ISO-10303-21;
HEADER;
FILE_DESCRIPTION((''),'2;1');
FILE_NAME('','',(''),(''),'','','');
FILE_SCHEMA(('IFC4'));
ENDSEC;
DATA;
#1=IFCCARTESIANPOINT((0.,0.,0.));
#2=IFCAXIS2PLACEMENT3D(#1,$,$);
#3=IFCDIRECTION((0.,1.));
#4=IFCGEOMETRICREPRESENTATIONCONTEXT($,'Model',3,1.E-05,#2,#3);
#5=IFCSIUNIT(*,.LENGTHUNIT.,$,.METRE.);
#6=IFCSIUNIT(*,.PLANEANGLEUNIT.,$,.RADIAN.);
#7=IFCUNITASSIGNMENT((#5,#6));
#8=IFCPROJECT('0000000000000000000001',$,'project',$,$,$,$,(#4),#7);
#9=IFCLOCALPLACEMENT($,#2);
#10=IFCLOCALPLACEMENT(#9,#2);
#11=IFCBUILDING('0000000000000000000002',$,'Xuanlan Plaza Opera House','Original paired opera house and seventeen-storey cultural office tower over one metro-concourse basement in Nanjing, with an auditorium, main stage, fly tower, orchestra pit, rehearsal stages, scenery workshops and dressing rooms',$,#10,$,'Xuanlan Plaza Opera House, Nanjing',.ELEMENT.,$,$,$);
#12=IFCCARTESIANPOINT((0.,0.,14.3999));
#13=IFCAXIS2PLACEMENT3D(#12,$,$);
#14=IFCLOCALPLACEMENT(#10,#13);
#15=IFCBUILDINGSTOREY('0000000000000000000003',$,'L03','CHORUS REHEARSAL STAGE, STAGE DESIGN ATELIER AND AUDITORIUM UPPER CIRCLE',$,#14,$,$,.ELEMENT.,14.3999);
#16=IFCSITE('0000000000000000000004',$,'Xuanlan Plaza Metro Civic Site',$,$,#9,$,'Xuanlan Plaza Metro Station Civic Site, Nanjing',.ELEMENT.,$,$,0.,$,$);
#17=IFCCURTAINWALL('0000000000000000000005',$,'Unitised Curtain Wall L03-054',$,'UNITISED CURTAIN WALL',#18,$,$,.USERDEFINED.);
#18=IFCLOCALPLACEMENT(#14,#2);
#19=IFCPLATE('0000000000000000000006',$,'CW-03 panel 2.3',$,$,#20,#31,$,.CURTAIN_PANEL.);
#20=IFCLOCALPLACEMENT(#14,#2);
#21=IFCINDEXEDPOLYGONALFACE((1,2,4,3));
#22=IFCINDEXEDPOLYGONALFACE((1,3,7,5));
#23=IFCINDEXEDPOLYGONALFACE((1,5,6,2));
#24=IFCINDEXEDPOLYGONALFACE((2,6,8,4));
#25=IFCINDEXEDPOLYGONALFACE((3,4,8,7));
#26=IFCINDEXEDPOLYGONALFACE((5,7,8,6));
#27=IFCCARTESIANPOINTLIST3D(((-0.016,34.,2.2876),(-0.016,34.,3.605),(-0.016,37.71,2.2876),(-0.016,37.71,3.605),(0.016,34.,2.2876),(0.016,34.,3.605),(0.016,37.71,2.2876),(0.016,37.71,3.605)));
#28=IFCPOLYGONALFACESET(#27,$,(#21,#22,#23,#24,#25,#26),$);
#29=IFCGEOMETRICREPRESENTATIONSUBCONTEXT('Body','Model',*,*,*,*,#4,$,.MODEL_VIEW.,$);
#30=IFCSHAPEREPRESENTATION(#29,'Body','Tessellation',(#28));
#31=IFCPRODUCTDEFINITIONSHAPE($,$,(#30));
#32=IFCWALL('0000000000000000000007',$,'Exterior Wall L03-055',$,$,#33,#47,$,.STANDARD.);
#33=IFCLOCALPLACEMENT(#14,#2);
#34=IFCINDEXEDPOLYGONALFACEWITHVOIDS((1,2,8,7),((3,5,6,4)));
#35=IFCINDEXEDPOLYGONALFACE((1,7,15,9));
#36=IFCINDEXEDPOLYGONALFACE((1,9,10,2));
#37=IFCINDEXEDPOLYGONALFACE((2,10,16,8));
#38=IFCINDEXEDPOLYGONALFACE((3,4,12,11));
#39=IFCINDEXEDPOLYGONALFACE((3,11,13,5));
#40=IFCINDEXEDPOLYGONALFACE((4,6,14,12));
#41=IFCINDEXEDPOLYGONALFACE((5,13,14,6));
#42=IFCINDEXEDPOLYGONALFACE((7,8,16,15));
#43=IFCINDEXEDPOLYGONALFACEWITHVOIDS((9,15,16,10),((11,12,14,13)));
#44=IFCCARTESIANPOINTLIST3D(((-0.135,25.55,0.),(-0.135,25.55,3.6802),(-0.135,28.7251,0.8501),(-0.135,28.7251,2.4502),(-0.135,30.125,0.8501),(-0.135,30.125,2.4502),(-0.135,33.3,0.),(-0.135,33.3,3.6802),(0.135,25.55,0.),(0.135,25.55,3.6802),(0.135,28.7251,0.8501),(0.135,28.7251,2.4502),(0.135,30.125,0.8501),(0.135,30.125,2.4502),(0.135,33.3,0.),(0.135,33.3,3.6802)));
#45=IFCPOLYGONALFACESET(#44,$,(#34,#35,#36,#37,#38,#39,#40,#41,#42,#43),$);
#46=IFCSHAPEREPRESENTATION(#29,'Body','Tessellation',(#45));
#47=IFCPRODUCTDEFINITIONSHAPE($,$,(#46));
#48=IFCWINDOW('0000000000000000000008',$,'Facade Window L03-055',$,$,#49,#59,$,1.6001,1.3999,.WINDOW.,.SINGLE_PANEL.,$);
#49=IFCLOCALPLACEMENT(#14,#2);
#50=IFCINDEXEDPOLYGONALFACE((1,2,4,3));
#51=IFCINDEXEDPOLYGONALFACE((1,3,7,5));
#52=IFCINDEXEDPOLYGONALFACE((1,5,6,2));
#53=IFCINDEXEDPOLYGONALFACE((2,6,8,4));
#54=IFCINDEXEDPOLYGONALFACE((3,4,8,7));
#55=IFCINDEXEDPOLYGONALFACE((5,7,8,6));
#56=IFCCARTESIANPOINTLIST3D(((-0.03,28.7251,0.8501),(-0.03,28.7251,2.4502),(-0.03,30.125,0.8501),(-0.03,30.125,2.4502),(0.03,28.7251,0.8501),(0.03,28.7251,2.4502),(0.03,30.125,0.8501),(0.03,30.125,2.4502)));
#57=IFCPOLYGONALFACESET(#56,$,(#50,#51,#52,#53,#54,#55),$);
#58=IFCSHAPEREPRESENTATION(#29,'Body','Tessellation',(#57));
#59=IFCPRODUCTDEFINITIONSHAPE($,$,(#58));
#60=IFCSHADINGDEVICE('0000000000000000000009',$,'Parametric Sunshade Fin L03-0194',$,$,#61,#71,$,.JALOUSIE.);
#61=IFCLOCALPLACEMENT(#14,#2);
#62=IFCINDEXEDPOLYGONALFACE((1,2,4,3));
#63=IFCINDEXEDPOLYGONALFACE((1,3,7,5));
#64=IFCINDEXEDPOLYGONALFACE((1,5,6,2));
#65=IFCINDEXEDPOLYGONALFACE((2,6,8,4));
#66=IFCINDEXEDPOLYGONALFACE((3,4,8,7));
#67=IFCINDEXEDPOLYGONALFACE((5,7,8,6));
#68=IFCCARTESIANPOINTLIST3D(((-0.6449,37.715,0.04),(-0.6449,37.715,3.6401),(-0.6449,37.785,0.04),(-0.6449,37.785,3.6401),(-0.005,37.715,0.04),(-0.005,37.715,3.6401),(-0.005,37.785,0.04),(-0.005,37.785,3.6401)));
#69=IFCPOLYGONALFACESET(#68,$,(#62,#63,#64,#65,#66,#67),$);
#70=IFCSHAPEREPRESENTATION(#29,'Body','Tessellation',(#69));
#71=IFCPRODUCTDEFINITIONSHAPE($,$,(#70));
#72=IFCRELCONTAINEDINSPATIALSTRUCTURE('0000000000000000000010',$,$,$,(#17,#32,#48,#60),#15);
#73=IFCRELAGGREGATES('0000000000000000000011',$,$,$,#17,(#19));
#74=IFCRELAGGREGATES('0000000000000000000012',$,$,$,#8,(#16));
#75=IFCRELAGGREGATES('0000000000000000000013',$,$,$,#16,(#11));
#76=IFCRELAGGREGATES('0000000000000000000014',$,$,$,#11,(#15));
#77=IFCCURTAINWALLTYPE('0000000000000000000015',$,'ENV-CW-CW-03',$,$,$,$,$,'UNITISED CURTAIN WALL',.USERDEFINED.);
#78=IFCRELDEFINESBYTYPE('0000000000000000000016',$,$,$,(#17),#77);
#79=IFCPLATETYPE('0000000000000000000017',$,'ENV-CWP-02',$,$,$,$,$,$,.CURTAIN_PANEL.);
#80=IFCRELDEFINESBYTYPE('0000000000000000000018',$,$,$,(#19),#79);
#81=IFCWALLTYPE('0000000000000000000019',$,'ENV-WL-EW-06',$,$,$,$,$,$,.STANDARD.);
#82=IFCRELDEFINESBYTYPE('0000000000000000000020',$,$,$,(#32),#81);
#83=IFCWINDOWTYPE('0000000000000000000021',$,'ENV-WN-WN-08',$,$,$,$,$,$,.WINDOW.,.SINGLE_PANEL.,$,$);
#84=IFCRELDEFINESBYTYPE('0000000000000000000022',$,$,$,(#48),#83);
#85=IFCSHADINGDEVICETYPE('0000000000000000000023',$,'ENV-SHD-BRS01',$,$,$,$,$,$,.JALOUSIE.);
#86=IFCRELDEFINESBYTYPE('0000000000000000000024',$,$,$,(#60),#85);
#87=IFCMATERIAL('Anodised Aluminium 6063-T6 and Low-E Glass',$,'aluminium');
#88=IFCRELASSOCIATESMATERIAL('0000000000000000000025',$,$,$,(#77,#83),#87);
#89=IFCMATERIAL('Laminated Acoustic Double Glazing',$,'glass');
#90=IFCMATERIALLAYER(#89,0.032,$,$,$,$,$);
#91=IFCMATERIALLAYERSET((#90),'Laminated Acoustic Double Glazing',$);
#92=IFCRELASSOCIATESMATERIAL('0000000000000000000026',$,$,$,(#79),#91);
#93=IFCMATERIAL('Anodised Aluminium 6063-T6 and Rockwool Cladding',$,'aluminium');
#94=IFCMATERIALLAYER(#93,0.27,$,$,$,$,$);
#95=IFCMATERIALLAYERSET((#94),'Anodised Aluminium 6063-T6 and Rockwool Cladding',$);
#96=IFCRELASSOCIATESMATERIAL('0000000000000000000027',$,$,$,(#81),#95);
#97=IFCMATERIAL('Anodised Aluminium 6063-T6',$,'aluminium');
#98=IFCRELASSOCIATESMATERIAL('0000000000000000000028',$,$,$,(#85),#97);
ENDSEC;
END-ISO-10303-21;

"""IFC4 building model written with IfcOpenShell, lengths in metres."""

from ifc_helpers import new_model, si_unit, direction, frame, frame_2d, origin, origin_2d, place, context, subcontext, project, spatial, rectangle, extrude, material, layer, layer_set, type_object, element, fill, aggregate, save


model = new_model("IFC4")

# Units and contexts
model_context = context("Model", 3, precision=1e-05, world=origin(), true_north=direction((0.0, 1.0)))
body_context = subcontext(model_context, "Body", "Model", "MODEL_VIEW")
ifc_project = project(units=[si_unit("LENGTHUNIT", "METRE"), si_unit("PLANEANGLEUNIT", "RADIAN")], contexts=[model_context])

# Site, building, storey
site_placement = place(None, origin())
site = spatial("IfcSite", under=ifc_project, at=site_placement, Name="Xuanlan Plaza Metro Civic Site", LongName="Xuanlan Plaza Metro Station Civic Site, Nanjing", CompositionType="ELEMENT", RefElevation=0.0)
building_placement = place(site_placement, origin())
building = spatial("IfcBuilding", under=site, at=building_placement, Name="Xuanlan Plaza Opera House", Description="Original paired opera house and seventeen-storey cultural office tower over one metro-concourse basement in Nanjing, with an auditorium, main stage, fly tower, orchestra pit, rehearsal stages, scenery workshops and dressing rooms", LongName="Xuanlan Plaza Opera House, Nanjing", CompositionType="ELEMENT")
storey_placement = place(building_placement, frame((0.0, 0.0, 14.3999)))
storey = spatial("IfcBuildingStorey", under=building, at=storey_placement, Name="L03", Description="CHORUS REHEARSAL STAGE, STAGE DESIGN ATELIER AND AUDITORIUM UPPER CIRCLE", CompositionType="ELEMENT", Elevation=14.3999)

# Shared definitions
ifc_material_1 = material(Name="Anodised Aluminium 6063-T6 and Low-E Glass", Category="aluminium")
ifc_material_2 = material(Name="Anodised Aluminium 6063-T6", Category="aluminium")

# Curtain wall
curtain_wall_type_1 = type_object("IfcCurtainWallType", Name="ENV-CW-CW-03", ElementType="UNITISED CURTAIN WALL", PredefinedType="USERDEFINED", material=ifc_material_1)
curtain_wall_1_placement = place(storey_placement, origin())
curtain_wall_1 = element("IfcCurtainWall", 1, at=curtain_wall_1_placement, inside=storey, type_object=curtain_wall_type_1, Name="Unitised Curtain Wall L03-054", ObjectType="UNITISED CURTAIN WALL", PredefinedType="USERDEFINED")

# Plate
ifc_material_3 = material(Name="Laminated Acoustic Double Glazing", Category="glass")
ifc_layer_1 = layer(ifc_material_3, 0.032)
ifc_layer_set_1 = layer_set([ifc_layer_1], Name="Laminated Acoustic Double Glazing")
plate_type = type_object("IfcPlateType", Name="ENV-CWP-02", PredefinedType="CURTAIN_PANEL", material=ifc_layer_set_1)
plate_1_placement = place(storey_placement, frame((0.0, 35.855, 2.2876), z_axis=(0.0, 0.0, 1.0), x_axis=(0.0, -1.0, 0.0)))
plate_1 = element("IfcPlate", 2, at=plate_1_placement, type_object=plate_type, Name="CW-03 panel 2.3", PredefinedType="CURTAIN_PANEL", context=body_context, shape_type="SweptSolid", body=[
    extrude(rectangle(XDim=3.71, YDim=0.032, at=origin_2d()), origin(), (0.0, 0.0, 1.0), 1.3174),
])
aggregate(curtain_wall_1, [plate_1])

# Wall, opening, window
ifc_material_4 = material(Name="Anodised Aluminium 6063-T6 and Rockwool Cladding", Category="aluminium")
ifc_layer_2 = layer(ifc_material_4, 0.27)
ifc_layer_set_2 = layer_set([ifc_layer_2], Name="Anodised Aluminium 6063-T6 and Rockwool Cladding")
wall_type = type_object("IfcWallType", Name="ENV-WL-EW-06", PredefinedType="STANDARD", material=ifc_layer_set_2)
wall_placement = place(storey_placement, frame((0.0, 33.3, 0.0), z_axis=(0.0, 0.0, 1.0), x_axis=(0.0, -1.0, 0.0)))
wall = element("IfcWall", 3, at=wall_placement, inside=storey, type_object=wall_type, Name="Exterior Wall L03-055", PredefinedType="STANDARD", context=body_context, shape_type="SweptSolid", body=[
    extrude(rectangle(XDim=7.75, YDim=0.27, at=frame_2d((3.875, 0.0))), origin(), (0.0, 0.0, 1.0), 3.6802),
])
opening_placement = place(wall_placement, frame((3.175, 0.0, 0.8501)))
opening = element("IfcOpeningElement", 4, at=opening_placement, cuts=wall, PredefinedType="OPENING", context=body_context, shape_type="SweptSolid", body=[
    extrude(rectangle(XDim=1.3999, YDim=1.6001, at=frame_2d((0.7, 0.8))), frame((0.0, 0.145, 0.0), z_axis=(0.0, -1.0, 0.0), x_axis=(1.0, 0.0, 0.0)), (0.0, 0.0, 1.0), 0.29),
])
window_type = type_object("IfcWindowType", Name="ENV-WN-WN-08", PartitioningType="SINGLE_PANEL", PredefinedType="WINDOW", material=ifc_material_1)
window_placement = place(opening_placement, origin())
window = element("IfcWindow", 5, at=window_placement, inside=storey, type_object=window_type, Name="Facade Window L03-055", OverallHeight=1.6001, OverallWidth=1.3999, PartitioningType="SINGLE_PANEL", PredefinedType="WINDOW", context=body_context, shape_type="SweptSolid", body=[
    extrude(rectangle(XDim=1.3999, YDim=1.6001, at=frame_2d((0.7, 0.8))), frame((0.0, 0.03, 0.0), z_axis=(0.0, -1.0, 0.0), x_axis=(1.0, 0.0, 0.0)), (0.0, 0.0, 1.0), 0.0601),
])
fill(opening, window)

# Shading device
shading_device_type = type_object("IfcShadingDeviceType", Name="ENV-SHD-BRS01", PredefinedType="JALOUSIE", material=ifc_material_2)
shading_device_placement = place(storey_placement, frame((-0.325, 37.75, 0.04), z_axis=(0.0, 0.0, 1.0), x_axis=(-1.0, 0.0, 0.0)))
element("IfcShadingDevice", 6, at=shading_device_placement, inside=storey, type_object=shading_device_type, Name="Parametric Sunshade Fin L03-0194", PredefinedType="JALOUSIE", context=body_context, shape_type="SweptSolid", body=[
    extrude(rectangle(XDim=0.6399, YDim=0.0701, at=origin_2d()), origin(), (0.0, 0.0, 1.0), 3.6001),
])

save(model, "model.ifc")
